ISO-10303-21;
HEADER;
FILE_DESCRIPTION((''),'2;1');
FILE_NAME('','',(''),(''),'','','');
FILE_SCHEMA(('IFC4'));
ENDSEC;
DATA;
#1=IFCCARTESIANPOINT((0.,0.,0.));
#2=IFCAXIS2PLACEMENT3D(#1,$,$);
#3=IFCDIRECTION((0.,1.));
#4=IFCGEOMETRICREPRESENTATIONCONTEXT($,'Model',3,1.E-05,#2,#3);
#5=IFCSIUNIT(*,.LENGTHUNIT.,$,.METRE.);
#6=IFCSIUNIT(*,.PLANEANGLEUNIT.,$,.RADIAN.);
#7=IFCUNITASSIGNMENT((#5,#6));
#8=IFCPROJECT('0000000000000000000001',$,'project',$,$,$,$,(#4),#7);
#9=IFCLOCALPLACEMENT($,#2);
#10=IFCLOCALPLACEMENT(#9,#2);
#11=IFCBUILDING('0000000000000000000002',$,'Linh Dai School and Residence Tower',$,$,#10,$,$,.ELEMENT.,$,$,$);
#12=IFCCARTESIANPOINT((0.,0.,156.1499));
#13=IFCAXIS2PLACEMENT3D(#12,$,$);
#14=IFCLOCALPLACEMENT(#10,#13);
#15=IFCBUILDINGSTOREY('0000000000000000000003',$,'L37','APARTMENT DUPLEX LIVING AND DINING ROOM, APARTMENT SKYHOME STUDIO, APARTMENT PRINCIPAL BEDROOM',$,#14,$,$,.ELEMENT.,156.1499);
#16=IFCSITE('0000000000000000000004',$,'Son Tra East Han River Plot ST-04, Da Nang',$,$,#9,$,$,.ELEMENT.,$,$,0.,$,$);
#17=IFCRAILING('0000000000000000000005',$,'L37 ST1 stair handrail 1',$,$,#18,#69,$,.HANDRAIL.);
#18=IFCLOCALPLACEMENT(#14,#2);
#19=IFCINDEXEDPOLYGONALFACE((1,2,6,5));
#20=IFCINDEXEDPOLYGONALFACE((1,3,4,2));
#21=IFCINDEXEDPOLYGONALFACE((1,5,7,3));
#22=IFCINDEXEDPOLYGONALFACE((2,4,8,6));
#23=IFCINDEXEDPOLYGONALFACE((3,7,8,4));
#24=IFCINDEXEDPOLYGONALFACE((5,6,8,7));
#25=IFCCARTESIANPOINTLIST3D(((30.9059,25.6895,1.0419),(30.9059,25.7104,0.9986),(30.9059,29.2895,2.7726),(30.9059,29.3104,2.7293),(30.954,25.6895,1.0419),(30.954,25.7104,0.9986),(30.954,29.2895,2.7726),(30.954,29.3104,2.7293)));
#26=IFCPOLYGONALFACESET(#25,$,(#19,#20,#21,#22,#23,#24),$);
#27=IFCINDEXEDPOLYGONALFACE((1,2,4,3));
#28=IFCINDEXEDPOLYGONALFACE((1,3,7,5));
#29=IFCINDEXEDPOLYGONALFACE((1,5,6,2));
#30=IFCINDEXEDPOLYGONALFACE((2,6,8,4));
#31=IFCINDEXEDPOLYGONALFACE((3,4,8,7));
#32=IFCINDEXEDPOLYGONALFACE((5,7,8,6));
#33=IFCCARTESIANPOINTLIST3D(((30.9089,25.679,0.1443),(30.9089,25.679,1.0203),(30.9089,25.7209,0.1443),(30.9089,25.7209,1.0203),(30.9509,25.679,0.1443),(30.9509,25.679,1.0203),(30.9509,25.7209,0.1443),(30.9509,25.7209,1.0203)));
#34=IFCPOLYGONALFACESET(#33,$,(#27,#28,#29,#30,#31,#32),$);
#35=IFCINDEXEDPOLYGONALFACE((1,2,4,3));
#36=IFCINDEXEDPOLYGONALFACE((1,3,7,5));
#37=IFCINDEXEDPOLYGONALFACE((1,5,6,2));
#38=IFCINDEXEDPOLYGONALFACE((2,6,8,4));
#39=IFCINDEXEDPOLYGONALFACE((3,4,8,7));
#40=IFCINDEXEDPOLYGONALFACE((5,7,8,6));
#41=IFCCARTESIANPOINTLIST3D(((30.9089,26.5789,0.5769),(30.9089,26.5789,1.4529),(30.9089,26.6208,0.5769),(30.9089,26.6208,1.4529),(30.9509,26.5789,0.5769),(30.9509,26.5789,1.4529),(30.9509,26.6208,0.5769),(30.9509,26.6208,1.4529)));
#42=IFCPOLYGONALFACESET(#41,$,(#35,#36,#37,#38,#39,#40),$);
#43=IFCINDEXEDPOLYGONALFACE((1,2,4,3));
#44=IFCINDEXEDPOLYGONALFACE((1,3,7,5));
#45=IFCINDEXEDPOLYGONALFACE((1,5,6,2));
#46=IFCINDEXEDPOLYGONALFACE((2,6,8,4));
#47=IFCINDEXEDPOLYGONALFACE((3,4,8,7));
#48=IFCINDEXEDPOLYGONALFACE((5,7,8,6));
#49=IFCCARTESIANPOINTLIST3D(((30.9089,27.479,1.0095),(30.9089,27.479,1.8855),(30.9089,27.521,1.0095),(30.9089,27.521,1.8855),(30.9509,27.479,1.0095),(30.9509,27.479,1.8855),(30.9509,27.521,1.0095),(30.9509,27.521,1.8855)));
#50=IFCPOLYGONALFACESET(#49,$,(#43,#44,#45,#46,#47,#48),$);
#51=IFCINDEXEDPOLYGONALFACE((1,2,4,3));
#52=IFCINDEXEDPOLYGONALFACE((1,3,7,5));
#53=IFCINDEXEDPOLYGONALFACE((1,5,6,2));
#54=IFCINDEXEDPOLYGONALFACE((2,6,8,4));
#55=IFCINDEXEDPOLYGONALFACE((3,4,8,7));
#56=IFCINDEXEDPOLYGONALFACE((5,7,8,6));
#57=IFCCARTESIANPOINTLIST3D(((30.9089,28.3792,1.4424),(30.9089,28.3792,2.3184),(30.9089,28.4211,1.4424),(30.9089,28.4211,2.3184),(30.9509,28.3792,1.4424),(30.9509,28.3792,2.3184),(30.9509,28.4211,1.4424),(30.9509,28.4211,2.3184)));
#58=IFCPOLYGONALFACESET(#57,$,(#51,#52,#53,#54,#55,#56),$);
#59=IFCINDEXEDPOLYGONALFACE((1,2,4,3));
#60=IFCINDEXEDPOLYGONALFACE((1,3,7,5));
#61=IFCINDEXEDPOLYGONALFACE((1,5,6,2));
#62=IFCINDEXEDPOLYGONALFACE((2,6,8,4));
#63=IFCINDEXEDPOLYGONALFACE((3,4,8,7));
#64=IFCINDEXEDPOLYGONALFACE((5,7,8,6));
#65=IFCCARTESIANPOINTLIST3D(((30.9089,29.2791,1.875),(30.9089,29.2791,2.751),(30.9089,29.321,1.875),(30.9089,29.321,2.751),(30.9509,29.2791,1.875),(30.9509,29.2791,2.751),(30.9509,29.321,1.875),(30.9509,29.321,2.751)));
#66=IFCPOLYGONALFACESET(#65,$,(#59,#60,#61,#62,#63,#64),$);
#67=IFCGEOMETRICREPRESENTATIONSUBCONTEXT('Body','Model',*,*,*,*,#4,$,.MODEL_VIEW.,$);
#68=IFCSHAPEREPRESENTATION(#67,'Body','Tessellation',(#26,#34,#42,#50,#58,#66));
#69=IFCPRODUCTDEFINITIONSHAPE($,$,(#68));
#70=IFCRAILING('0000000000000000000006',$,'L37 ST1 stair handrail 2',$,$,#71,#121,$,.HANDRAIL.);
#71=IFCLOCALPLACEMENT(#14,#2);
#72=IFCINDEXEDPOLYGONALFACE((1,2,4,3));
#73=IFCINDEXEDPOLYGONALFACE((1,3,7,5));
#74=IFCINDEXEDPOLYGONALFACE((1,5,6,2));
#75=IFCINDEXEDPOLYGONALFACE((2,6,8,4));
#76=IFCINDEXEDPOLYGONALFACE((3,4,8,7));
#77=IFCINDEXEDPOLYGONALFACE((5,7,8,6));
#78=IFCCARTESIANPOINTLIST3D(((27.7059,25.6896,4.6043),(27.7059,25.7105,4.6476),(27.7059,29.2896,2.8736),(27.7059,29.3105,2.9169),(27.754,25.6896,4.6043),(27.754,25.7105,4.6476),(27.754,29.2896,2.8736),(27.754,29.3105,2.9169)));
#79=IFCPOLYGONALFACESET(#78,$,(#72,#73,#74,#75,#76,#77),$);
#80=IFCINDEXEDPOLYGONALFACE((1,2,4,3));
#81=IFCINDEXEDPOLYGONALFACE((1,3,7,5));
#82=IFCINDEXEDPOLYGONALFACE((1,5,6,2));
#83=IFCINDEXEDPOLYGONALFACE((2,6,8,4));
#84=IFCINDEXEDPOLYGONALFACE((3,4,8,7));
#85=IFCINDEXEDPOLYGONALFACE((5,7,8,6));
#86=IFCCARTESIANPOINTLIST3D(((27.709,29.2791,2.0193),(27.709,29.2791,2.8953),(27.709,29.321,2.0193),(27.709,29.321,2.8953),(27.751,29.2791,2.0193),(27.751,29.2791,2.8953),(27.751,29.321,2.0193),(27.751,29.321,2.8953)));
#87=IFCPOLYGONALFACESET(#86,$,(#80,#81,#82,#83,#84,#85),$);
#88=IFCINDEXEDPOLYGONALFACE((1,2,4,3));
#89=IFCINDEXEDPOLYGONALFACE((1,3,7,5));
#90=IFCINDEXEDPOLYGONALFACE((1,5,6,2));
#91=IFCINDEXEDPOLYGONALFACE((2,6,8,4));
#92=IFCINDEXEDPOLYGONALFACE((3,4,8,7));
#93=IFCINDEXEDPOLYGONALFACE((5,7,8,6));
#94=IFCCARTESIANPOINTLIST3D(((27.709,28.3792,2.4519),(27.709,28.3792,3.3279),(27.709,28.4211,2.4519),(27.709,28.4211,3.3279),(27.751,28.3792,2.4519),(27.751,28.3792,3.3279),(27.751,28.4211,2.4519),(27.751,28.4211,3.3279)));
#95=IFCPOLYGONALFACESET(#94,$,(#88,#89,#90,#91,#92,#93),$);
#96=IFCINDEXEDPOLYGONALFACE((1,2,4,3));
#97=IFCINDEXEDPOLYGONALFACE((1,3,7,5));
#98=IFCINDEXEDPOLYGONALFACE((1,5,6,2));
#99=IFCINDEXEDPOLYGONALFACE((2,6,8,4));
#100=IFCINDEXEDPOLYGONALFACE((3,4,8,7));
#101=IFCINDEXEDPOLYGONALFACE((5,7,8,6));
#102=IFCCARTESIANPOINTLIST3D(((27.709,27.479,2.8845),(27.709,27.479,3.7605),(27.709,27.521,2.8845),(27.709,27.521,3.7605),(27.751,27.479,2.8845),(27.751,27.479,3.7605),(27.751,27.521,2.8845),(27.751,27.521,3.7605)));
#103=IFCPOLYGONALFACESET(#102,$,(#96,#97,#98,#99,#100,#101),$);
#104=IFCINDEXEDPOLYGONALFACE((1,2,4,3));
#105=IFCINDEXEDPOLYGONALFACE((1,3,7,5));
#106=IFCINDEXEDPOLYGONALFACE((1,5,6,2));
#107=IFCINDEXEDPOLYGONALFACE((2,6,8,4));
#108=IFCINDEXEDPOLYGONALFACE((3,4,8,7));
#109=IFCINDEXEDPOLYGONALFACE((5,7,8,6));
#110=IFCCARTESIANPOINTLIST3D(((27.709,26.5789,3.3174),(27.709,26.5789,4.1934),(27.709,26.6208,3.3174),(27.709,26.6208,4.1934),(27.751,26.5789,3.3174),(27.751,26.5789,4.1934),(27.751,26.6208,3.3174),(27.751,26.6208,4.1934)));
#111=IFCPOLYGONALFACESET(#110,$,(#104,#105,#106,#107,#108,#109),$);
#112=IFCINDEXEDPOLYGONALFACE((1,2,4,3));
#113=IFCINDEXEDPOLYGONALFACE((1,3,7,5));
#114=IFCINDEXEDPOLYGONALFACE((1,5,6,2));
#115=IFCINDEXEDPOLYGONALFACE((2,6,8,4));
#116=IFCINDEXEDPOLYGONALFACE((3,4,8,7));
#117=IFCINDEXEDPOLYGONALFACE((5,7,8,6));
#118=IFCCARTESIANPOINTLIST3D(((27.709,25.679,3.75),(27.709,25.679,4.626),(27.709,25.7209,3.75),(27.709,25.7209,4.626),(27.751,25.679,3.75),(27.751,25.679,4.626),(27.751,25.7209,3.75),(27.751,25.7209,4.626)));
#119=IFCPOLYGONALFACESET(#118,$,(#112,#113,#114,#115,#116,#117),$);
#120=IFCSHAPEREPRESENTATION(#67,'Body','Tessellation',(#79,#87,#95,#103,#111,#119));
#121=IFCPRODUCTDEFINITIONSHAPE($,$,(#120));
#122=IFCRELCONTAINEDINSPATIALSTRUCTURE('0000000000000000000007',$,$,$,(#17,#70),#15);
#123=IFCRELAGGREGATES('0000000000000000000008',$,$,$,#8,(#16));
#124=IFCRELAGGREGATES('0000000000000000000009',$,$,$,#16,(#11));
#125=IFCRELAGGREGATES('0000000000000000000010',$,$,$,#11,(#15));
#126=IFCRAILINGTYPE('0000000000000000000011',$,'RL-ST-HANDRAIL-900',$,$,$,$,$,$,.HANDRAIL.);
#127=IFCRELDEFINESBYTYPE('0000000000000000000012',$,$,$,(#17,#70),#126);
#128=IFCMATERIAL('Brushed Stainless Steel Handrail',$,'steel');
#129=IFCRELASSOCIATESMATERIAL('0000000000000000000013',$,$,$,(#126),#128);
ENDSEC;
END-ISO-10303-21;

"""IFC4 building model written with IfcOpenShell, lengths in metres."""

from ifc_helpers import new_model, si_unit, direction, frame, origin, origin_2d, place, context, subcontext, project, spatial, rectangle, extrude, source, transform, mapped, material, type_object, element, save


model = new_model("IFC4")

# Units and contexts
model_context = context("Model", 3, precision=1e-05, world=origin(), true_north=direction((0.0, 1.0)))
body_context = subcontext(model_context, "Body", "Model", "MODEL_VIEW")
ifc_project = project(units=[si_unit("LENGTHUNIT", "METRE"), si_unit("PLANEANGLEUNIT", "RADIAN")], contexts=[model_context])

# Site, building, storey
site_placement = place(None, origin())
site = spatial("IfcSite", under=ifc_project, at=site_placement, Name="Son Tra East Han River Plot ST-04, Da Nang", CompositionType="ELEMENT", RefElevation=0.0)
building_placement = place(site_placement, origin())
building = spatial("IfcBuilding", under=site, at=building_placement, Name="Linh Dai School and Residence Tower", CompositionType="ELEMENT")
storey_placement = place(building_placement, frame((0.0, 0.0, 156.1499)))
storey = spatial("IfcBuildingStorey", under=building, at=storey_placement, Name="L37", Description="APARTMENT DUPLEX LIVING AND DINING ROOM, APARTMENT SKYHOME STUDIO, APARTMENT PRINCIPAL BEDROOM", CompositionType="ELEMENT", Elevation=156.1499)

# Railings
ifc_material_1 = material(Name="Brushed Stainless Steel Handrail", Category="steel")
railing_type_1 = type_object("IfcRailingType", Name="RL-ST-HANDRAIL-900", PredefinedType="HANDRAIL", material=ifc_material_1)
shared_shape_1 = source(origin(), body_context, "Body", "SweptSolid", [
    extrude(rectangle(XDim=0.0481, YDim=0.0481, at=origin_2d()), frame((0.0, 0.0, 0.876), z_axis=(0.0, 0.901263, 0.433273), x_axis=(-1.0, 0.0, 0.0)), (0.0, 0.0, 1.0), 3.9944),
    extrude(rectangle(XDim=0.042, YDim=0.042, at=origin_2d()), origin(), (0.0, 0.0, 1.0), 0.876),
    extrude(rectangle(XDim=0.042, YDim=0.042, at=origin_2d()), frame((0.0, 0.8999, 0.4326)), (0.0, 0.0, 1.0), 0.876),
    extrude(rectangle(XDim=0.042, YDim=0.042, at=origin_2d()), frame((0.0, 1.8, 0.8652)), (0.0, 0.0, 1.0), 0.876),
    extrude(rectangle(XDim=0.042, YDim=0.042, at=origin_2d()), frame((0.0, 2.7002, 1.2981)), (0.0, 0.0, 1.0), 0.876),
    extrude(rectangle(XDim=0.042, YDim=0.042, at=origin_2d()), frame((0.0, 3.6001, 1.7307)), (0.0, 0.0, 1.0), 0.876),
])
railing_1_placement = place(storey_placement, frame((30.9299, 25.7, 0.1443)))
element("IfcRailing", 1, at=railing_1_placement, inside=storey, type_object=railing_type_1, Name="L37 ST1 stair handrail 1", PredefinedType="HANDRAIL", context=body_context, shape_type="MappedRepresentation", body=[
    mapped(shared_shape_1, transform((0.0, 0.0, 0.0), x_axis=(1.0, 0.0, 0.0), y_axis=(0.0, 1.0, 0.0), z_axis=(0.0, 0.0, 1.0), scale=1.0)),
])
shared_shape_2 = source(origin(), body_context, "Body", "SweptSolid", [
    extrude(rectangle(XDim=0.0481, YDim=0.0481, at=origin_2d()), frame((0.0, 0.0, 0.876), z_axis=(0.0, -0.901263, 0.433273), x_axis=(1.0, 0.0, 0.0)), (0.0, 0.0, 1.0), 3.9944),
    extrude(rectangle(XDim=0.042, YDim=0.042, at=origin_2d()), origin(), (0.0, 0.0, 1.0), 0.876),
    extrude(rectangle(XDim=0.042, YDim=0.042, at=origin_2d()), frame((0.0, -0.8999, 0.4326)), (0.0, 0.0, 1.0), 0.876),
    extrude(rectangle(XDim=0.042, YDim=0.042, at=origin_2d()), frame((0.0, -1.8, 0.8652)), (0.0, 0.0, 1.0), 0.876),
    extrude(rectangle(XDim=0.042, YDim=0.042, at=origin_2d()), frame((0.0, -2.7002, 1.2981)), (0.0, 0.0, 1.0), 0.876),
    extrude(rectangle(XDim=0.042, YDim=0.042, at=origin_2d()), frame((0.0, -3.6001, 1.7307)), (0.0, 0.0, 1.0), 0.876),
])
railing_2_placement = place(storey_placement, frame((27.73, 29.3, 2.0193)))
element("IfcRailing", 2, at=railing_2_placement, inside=storey, type_object=railing_type_1, Name="L37 ST1 stair handrail 2", PredefinedType="HANDRAIL", context=body_context, shape_type="MappedRepresentation", body=[
    mapped(shared_shape_2, transform((0.0, 0.0, 0.0), x_axis=(1.0, 0.0, 0.0), y_axis=(0.0, 1.0, 0.0), z_axis=(0.0, 0.0, 1.0), scale=1.0)),
])

save(model, "model.ifc")
